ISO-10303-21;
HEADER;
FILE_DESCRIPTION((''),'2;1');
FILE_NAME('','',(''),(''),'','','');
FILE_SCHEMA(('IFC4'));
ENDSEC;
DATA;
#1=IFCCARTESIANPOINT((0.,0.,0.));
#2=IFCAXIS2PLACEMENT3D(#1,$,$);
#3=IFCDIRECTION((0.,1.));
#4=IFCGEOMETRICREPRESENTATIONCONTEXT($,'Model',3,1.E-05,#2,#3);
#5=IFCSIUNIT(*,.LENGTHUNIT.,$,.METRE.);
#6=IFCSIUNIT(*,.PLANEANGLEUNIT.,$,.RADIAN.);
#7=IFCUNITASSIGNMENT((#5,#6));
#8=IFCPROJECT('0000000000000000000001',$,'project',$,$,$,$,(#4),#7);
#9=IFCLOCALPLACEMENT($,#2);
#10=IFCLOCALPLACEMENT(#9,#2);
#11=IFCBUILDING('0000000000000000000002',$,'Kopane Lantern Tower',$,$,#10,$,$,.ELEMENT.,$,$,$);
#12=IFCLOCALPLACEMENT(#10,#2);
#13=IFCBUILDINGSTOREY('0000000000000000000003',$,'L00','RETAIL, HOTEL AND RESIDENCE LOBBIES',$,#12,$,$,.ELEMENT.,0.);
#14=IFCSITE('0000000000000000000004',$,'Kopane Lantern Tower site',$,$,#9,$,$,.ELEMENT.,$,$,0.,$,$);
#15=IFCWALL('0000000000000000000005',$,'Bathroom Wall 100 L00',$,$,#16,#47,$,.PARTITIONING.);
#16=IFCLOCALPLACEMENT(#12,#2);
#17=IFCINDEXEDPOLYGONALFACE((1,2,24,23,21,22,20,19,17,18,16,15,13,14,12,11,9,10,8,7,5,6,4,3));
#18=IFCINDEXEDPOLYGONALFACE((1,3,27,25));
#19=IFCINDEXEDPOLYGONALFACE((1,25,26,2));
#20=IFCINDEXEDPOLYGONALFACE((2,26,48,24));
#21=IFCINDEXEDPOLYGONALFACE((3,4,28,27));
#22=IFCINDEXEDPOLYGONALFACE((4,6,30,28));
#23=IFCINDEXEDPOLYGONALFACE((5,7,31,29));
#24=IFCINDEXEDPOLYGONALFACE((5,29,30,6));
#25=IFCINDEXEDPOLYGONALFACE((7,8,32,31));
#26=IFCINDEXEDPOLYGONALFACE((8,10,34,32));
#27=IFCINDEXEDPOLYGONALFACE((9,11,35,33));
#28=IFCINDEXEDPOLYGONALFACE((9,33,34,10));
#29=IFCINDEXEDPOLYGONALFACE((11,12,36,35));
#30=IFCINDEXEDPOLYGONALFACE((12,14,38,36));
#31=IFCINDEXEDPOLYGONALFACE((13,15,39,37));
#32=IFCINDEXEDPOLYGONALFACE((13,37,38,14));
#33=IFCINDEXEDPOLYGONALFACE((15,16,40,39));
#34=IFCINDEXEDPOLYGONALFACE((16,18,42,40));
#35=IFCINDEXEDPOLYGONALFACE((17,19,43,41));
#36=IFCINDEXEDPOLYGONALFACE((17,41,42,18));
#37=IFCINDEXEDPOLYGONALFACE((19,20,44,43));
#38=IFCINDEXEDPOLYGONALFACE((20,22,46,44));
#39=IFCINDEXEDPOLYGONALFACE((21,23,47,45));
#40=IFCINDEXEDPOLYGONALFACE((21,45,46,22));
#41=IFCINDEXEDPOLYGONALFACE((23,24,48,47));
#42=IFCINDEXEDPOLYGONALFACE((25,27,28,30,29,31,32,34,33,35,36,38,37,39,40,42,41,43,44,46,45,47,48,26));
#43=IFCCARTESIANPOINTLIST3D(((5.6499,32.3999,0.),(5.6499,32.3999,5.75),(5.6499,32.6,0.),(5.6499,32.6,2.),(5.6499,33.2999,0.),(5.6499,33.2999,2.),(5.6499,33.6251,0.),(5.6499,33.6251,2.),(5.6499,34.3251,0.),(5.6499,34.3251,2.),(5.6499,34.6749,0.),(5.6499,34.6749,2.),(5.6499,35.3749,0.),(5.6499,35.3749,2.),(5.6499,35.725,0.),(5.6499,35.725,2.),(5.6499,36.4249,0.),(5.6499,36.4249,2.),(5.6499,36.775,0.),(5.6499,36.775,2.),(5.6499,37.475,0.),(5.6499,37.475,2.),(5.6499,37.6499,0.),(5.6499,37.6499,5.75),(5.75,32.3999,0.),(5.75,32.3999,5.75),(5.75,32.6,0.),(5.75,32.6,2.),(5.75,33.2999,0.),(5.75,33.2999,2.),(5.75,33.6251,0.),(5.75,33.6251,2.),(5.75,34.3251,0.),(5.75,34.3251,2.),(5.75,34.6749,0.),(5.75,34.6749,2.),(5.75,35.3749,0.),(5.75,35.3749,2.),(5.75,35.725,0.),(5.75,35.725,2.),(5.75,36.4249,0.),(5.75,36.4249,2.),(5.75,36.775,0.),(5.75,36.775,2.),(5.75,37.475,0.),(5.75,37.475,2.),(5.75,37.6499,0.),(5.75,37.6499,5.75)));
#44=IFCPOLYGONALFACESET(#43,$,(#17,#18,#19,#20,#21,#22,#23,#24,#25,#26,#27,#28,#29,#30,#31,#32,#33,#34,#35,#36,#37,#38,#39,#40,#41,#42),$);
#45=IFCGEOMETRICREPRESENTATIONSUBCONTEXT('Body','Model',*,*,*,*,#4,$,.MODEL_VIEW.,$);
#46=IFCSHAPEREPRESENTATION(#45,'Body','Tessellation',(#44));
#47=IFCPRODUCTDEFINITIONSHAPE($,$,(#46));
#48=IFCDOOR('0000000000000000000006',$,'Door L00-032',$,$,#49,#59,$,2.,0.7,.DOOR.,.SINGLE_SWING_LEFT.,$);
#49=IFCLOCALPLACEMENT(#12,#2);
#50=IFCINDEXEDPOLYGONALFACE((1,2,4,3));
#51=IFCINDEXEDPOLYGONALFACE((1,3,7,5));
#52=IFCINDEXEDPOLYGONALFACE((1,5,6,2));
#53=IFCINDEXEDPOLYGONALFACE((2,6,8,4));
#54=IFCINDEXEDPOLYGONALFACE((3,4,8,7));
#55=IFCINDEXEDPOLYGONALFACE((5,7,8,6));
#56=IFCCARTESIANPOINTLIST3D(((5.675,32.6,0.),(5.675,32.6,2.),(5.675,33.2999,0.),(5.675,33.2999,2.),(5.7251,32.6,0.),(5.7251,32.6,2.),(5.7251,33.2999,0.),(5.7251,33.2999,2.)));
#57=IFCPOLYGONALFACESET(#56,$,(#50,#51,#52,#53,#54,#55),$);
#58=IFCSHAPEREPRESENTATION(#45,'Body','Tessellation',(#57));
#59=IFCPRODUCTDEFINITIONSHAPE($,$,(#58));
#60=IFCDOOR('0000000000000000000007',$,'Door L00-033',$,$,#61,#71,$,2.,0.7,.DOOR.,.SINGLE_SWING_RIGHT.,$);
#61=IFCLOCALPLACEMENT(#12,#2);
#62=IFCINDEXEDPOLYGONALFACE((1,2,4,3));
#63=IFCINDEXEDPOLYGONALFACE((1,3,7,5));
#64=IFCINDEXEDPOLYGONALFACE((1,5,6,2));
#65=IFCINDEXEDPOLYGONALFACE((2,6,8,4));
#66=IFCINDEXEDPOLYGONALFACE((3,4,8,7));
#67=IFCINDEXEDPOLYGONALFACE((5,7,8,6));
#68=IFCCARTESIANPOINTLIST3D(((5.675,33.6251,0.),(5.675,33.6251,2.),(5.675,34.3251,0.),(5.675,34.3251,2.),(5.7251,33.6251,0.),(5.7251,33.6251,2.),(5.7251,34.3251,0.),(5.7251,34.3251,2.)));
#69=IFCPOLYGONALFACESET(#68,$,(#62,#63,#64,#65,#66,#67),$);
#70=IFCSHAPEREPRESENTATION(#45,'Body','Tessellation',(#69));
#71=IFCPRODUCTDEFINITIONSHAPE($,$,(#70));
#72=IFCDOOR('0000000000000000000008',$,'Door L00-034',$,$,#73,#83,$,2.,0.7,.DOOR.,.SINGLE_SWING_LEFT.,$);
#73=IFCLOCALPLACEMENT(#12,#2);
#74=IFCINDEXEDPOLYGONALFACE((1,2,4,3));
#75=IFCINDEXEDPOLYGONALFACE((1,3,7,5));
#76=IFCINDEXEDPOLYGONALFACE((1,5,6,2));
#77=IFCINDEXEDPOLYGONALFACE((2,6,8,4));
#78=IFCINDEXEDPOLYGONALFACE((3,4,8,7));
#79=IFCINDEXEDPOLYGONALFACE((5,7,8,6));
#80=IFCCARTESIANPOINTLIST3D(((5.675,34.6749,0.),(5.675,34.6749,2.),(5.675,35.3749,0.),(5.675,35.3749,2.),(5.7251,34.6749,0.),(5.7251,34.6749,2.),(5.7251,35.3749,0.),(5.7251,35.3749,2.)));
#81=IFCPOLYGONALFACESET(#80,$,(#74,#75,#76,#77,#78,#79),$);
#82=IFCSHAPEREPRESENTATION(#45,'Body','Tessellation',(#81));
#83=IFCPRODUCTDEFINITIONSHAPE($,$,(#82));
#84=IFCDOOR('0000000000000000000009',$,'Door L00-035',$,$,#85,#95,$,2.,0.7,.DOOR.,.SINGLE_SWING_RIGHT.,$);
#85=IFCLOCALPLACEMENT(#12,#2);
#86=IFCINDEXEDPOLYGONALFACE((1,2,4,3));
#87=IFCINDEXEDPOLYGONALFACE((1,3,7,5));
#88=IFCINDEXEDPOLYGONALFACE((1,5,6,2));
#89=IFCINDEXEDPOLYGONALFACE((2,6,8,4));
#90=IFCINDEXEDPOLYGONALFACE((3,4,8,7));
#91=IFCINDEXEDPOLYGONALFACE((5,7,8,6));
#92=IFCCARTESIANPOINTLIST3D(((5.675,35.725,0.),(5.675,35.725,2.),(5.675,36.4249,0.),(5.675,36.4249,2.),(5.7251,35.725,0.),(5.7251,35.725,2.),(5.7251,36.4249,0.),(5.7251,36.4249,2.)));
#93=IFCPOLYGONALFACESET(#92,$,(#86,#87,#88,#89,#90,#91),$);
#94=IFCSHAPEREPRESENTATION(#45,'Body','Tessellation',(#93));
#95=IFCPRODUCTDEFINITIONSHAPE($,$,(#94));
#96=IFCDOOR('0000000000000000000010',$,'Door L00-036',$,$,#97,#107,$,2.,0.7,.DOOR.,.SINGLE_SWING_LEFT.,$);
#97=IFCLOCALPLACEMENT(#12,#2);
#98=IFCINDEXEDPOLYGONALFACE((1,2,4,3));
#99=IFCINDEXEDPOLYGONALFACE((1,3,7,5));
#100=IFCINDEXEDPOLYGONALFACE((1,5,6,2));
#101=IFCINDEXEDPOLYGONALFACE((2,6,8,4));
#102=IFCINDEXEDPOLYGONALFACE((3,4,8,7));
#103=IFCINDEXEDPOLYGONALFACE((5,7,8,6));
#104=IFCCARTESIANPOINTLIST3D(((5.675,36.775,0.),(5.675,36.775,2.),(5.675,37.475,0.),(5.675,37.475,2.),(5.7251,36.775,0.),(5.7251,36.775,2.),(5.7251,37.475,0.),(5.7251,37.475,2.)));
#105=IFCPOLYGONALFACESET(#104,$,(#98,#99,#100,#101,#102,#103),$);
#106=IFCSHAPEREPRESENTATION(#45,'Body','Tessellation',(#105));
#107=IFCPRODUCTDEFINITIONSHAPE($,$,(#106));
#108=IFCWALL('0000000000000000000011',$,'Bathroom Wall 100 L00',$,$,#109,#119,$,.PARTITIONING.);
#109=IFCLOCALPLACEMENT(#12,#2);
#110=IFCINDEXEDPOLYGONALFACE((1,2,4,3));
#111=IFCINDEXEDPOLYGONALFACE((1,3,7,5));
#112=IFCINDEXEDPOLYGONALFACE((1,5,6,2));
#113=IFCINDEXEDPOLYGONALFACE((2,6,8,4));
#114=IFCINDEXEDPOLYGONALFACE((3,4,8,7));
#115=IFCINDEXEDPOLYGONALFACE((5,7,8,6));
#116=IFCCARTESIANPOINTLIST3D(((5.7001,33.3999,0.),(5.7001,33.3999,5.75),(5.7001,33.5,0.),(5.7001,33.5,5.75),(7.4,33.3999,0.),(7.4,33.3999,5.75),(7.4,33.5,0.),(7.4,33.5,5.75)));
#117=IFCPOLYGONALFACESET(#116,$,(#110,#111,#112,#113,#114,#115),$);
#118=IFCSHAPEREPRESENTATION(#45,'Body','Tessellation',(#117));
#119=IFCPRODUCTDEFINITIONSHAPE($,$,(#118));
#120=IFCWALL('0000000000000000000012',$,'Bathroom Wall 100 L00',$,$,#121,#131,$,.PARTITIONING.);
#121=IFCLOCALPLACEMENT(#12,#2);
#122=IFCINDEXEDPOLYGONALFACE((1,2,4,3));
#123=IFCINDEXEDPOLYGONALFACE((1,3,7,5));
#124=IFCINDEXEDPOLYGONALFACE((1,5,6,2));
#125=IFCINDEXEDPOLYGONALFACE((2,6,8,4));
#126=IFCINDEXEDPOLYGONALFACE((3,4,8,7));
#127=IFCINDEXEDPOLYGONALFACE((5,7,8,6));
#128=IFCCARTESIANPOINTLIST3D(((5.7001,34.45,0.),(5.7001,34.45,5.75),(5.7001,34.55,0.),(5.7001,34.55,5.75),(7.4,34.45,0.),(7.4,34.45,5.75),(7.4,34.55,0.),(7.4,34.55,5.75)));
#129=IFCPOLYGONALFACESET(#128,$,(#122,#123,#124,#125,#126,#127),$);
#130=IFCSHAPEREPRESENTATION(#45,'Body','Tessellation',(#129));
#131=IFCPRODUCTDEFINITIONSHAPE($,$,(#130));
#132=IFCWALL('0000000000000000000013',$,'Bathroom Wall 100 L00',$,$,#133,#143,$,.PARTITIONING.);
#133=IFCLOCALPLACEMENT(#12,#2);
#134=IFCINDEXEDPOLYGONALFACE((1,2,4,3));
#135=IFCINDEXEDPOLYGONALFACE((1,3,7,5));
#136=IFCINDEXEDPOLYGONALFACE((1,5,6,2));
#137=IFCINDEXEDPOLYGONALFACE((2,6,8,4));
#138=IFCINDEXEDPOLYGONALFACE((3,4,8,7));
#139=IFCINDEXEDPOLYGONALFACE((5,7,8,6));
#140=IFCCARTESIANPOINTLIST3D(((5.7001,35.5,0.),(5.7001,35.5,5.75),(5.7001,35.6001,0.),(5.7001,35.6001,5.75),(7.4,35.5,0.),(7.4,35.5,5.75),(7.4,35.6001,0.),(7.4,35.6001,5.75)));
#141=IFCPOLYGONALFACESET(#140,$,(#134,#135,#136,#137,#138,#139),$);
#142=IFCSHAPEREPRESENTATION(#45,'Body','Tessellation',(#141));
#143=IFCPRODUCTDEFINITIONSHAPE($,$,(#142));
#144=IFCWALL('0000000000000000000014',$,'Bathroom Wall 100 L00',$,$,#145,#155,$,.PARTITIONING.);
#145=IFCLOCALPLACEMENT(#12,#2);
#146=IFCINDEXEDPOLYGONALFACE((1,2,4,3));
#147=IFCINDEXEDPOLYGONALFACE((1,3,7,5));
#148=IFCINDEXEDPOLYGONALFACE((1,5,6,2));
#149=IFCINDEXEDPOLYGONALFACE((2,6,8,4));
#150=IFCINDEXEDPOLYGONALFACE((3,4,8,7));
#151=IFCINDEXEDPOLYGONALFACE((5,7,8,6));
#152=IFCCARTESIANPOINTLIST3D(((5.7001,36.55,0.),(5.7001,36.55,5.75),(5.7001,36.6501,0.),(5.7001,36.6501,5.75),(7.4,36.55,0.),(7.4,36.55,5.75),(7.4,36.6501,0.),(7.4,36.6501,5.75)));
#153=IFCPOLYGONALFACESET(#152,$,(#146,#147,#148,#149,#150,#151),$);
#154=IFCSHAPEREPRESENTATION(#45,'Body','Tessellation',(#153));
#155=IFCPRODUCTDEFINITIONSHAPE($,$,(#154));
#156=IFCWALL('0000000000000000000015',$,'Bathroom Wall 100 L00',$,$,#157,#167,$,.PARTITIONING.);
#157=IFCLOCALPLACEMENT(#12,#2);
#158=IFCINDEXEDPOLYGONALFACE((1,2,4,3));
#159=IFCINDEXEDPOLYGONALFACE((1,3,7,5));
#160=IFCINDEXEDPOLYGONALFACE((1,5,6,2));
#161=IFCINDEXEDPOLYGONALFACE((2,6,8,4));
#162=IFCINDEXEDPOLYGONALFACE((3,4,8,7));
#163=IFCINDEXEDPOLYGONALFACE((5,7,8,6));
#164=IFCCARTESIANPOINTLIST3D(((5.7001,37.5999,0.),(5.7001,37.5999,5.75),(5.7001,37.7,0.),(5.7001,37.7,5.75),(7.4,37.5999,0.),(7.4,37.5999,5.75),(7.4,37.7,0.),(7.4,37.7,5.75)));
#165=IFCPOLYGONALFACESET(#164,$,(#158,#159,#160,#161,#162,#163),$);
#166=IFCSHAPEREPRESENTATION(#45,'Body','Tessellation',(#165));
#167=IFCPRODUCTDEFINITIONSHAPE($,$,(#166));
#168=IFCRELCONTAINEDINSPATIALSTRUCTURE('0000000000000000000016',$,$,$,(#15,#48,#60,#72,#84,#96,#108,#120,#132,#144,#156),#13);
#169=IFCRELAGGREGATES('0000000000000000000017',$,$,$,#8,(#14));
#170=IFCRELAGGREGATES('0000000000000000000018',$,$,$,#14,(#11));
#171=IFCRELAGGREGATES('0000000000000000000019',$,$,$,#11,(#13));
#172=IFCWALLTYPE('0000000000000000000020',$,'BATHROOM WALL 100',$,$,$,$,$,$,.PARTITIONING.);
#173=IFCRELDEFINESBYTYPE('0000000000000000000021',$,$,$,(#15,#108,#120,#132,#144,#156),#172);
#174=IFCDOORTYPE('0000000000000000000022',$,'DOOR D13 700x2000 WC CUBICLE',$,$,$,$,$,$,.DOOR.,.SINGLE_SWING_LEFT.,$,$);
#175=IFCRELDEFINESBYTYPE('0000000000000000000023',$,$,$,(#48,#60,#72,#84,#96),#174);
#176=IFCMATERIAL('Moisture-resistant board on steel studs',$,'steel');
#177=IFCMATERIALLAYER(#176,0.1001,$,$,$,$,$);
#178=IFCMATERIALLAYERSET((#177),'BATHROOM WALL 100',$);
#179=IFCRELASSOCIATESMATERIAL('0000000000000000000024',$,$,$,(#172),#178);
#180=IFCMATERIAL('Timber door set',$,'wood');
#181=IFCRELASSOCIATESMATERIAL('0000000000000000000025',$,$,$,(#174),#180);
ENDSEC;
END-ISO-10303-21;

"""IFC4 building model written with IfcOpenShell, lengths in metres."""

from ifc_helpers import new_model, si_unit, direction, frame, frame_2d, origin, place, context, subcontext, project, spatial, rectangle, extrude, material, layer, layer_set, type_object, element, fill, save


model = new_model("IFC4")

# Units and contexts
model_context = context("Model", 3, precision=1e-05, world=origin(), true_north=direction((0.0, 1.0)))
body_context = subcontext(model_context, "Body", "Model", "MODEL_VIEW")
ifc_project = project(units=[si_unit("LENGTHUNIT", "METRE"), si_unit("PLANEANGLEUNIT", "RADIAN")], contexts=[model_context])

# Site, building, storey
site_placement = place(None, origin())
site = spatial("IfcSite", under=ifc_project, at=site_placement, Name="Kopane Lantern Tower site", CompositionType="ELEMENT", RefElevation=0.0)
building_placement = place(site_placement, origin())
building = spatial("IfcBuilding", under=site, at=building_placement, Name="Kopane Lantern Tower", CompositionType="ELEMENT")
storey_placement = place(building_placement, origin())
storey = spatial("IfcBuildingStorey", under=building, at=storey_placement, Name="L00", Description="RETAIL, HOTEL AND RESIDENCE LOBBIES", CompositionType="ELEMENT", Elevation=0.0)

# Wall, openings, doors
ifc_material_1 = material(Name="Moisture-resistant board on steel studs", Category="steel")
ifc_layer_1 = layer(ifc_material_1, 0.1001)
ifc_layer_set_1 = layer_set([ifc_layer_1], Name="BATHROOM WALL 100")
wall_type_1 = type_object("IfcWallType", Name="BATHROOM WALL 100", PredefinedType="PARTITIONING", material=ifc_layer_set_1)
wall_1_placement = place(storey_placement, frame((5.7, 32.3999, 0.0), z_axis=(0.0, 0.0, 1.0), x_axis=(0.0, 1.0, 0.0)))
wall_1 = element("IfcWall", 1, at=wall_1_placement, inside=storey, type_object=wall_type_1, Name="Bathroom Wall 100 L00", PredefinedType="PARTITIONING", context=body_context, shape_type="SweptSolid", body=[
    extrude(rectangle(XDim=5.25, YDim=0.1001, at=frame_2d((2.625, 0.0))), origin(), (0.0, 0.0, 1.0), 5.75),
])
opening_1_placement = place(wall_1_placement, frame((0.2, 0.0, 0.0)))
opening_1 = element("IfcOpeningElement", 2, at=opening_1_placement, cuts=wall_1, PredefinedType="OPENING", context=body_context, shape_type="SweptSolid", body=[
    extrude(rectangle(XDim=0.7, YDim=2.0, at=frame_2d((0.3501, 1.0))), frame((0.0, 0.0601, 0.0), z_axis=(0.0, -1.0, 0.0), x_axis=(1.0, 0.0, 0.0)), (0.0, 0.0, 1.0), 0.1201),
])
opening_2_placement = place(wall_1_placement, frame((1.2251, 0.0, 0.0)))
opening_2 = element("IfcOpeningElement", 3, at=opening_2_placement, cuts=wall_1, PredefinedType="OPENING", context=body_context, shape_type="SweptSolid", body=[
    extrude(rectangle(XDim=0.7, YDim=2.0, at=frame_2d((0.3501, 1.0))), frame((0.0, 0.0601, 0.0), z_axis=(0.0, -1.0, 0.0), x_axis=(1.0, 0.0, 0.0)), (0.0, 0.0, 1.0), 0.1201),
])
opening_3_placement = place(wall_1_placement, frame((2.2749, 0.0, 0.0)))
opening_3 = element("IfcOpeningElement", 4, at=opening_3_placement, cuts=wall_1, PredefinedType="OPENING", context=body_context, shape_type="SweptSolid", body=[
    extrude(rectangle(XDim=0.7, YDim=2.0, at=frame_2d((0.3501, 1.0))), frame((0.0, 0.0601, 0.0), z_axis=(0.0, -1.0, 0.0), x_axis=(1.0, 0.0, 0.0)), (0.0, 0.0, 1.0), 0.1201),
])
opening_4_placement = place(wall_1_placement, frame((3.325, 0.0, 0.0)))
opening_4 = element("IfcOpeningElement", 5, at=opening_4_placement, cuts=wall_1, PredefinedType="OPENING", context=body_context, shape_type="SweptSolid", body=[
    extrude(rectangle(XDim=0.7, YDim=2.0, at=frame_2d((0.3501, 1.0))), frame((0.0, 0.0601, 0.0), z_axis=(0.0, -1.0, 0.0), x_axis=(1.0, 0.0, 0.0)), (0.0, 0.0, 1.0), 0.1201),
])
opening_5_placement = place(wall_1_placement, frame((4.375, 0.0, 0.0)))
opening_5 = element("IfcOpeningElement", 6, at=opening_5_placement, cuts=wall_1, PredefinedType="OPENING", context=body_context, shape_type="SweptSolid", body=[
    extrude(rectangle(XDim=0.7, YDim=2.0, at=frame_2d((0.3501, 1.0))), frame((0.0, 0.0601, 0.0), z_axis=(0.0, -1.0, 0.0), x_axis=(1.0, 0.0, 0.0)), (0.0, 0.0, 1.0), 0.1201),
])
ifc_material_2 = material(Name="Timber door set", Category="wood")
door_type_1 = type_object("IfcDoorType", Name="DOOR D13 700x2000 WC CUBICLE", OperationType="SINGLE_SWING_LEFT", PredefinedType="DOOR", material=ifc_material_2)
door_1_placement = place(opening_1_placement, origin())
door_1 = element("IfcDoor", 7, at=door_1_placement, inside=storey, type_object=door_type_1, Name="Door L00-032", OperationType="SINGLE_SWING_LEFT", OverallHeight=2.0, OverallWidth=0.7, PredefinedType="DOOR", context=body_context, shape_type="SweptSolid", body=[
    extrude(rectangle(XDim=0.7, YDim=2.0, at=frame_2d((0.3501, 1.0))), frame((0.0, 0.0249, 0.0), z_axis=(0.0, -1.0, 0.0), x_axis=(1.0, 0.0, 0.0)), (0.0, 0.0, 1.0), 0.05),
])
fill(opening_1, door_1)
door_2_placement = place(opening_2_placement, origin())
door_2 = element("IfcDoor", 8, at=door_2_placement, inside=storey, type_object=door_type_1, Name="Door L00-033", OperationType="SINGLE_SWING_RIGHT", OverallHeight=2.0, OverallWidth=0.7, PredefinedType="DOOR", context=body_context, shape_type="SweptSolid", body=[
    extrude(rectangle(XDim=0.7, YDim=2.0, at=frame_2d((0.3501, 1.0))), frame((0.0, 0.0249, 0.0), z_axis=(0.0, -1.0, 0.0), x_axis=(1.0, 0.0, 0.0)), (0.0, 0.0, 1.0), 0.05),
])
fill(opening_2, door_2)
door_3_placement = place(opening_3_placement, origin())
door_3 = element("IfcDoor", 9, at=door_3_placement, inside=storey, type_object=door_type_1, Name="Door L00-034", OperationType="SINGLE_SWING_LEFT", OverallHeight=2.0, OverallWidth=0.7, PredefinedType="DOOR", context=body_context, shape_type="SweptSolid", body=[
    extrude(rectangle(XDim=0.7, YDim=2.0, at=frame_2d((0.3501, 1.0))), frame((0.0, 0.0249, 0.0), z_axis=(0.0, -1.0, 0.0), x_axis=(1.0, 0.0, 0.0)), (0.0, 0.0, 1.0), 0.05),
])
fill(opening_3, door_3)
door_4_placement = place(opening_4_placement, origin())
door_4 = element("IfcDoor", 10, at=door_4_placement, inside=storey, type_object=door_type_1, Name="Door L00-035", OperationType="SINGLE_SWING_RIGHT", OverallHeight=2.0, OverallWidth=0.7, PredefinedType="DOOR", context=body_context, shape_type="SweptSolid", body=[
    extrude(rectangle(XDim=0.7, YDim=2.0, at=frame_2d((0.3501, 1.0))), frame((0.0, 0.0249, 0.0), z_axis=(0.0, -1.0, 0.0), x_axis=(1.0, 0.0, 0.0)), (0.0, 0.0, 1.0), 0.05),
])
fill(opening_4, door_4)
door_5_placement = place(opening_5_placement, origin())
door_5 = element("IfcDoor", 11, at=door_5_placement, inside=storey, type_object=door_type_1, Name="Door L00-036", OperationType="SINGLE_SWING_LEFT", OverallHeight=2.0, OverallWidth=0.7, PredefinedType="DOOR", context=body_context, shape_type="SweptSolid", body=[
    extrude(rectangle(XDim=0.7, YDim=2.0, at=frame_2d((0.3501, 1.0))), frame((0.0, 0.0249, 0.0), z_axis=(0.0, -1.0, 0.0), x_axis=(1.0, 0.0, 0.0)), (0.0, 0.0, 1.0), 0.05),
])
fill(opening_5, door_5)

# Walls
for number, where, z_axis, x_axis, name in (
    (12, (5.7, 33.45, 0.0), (0.0, 0.0, 1.0), (1.0, 0.0, 0.0), "Bathroom Wall 100 L00"),
    (13, (5.7, 34.5, 0.0), (0.0, 0.0, 1.0), (1.0, 0.0, 0.0), "Bathroom Wall 100 L00"),
    (14, (5.7, 35.55, 0.0), (0.0, 0.0, 1.0), (1.0, 0.0, 0.0), "Bathroom Wall 100 L00"),
    (15, (5.7, 36.6001, 0.0), (0.0, 0.0, 1.0), (1.0, 0.0, 0.0), "Bathroom Wall 100 L00"),
    (16, (5.7, 37.6499, 0.0), (0.0, 0.0, 1.0), (1.0, 0.0, 0.0), "Bathroom Wall 100 L00"),
):
    element("IfcWall", number, at=place(storey_placement, frame(where, z_axis=z_axis, x_axis=x_axis)), inside=storey, type_object=wall_type_1, Name=name, PredefinedType="PARTITIONING", context=body_context, shape_type="SweptSolid", body=[
        extrude(rectangle(XDim=1.7, YDim=0.1001, at=frame_2d((0.8501, 0.0))), origin(), (0.0, 0.0, 1.0), 5.75),
    ])

save(model, "model.ifc")
